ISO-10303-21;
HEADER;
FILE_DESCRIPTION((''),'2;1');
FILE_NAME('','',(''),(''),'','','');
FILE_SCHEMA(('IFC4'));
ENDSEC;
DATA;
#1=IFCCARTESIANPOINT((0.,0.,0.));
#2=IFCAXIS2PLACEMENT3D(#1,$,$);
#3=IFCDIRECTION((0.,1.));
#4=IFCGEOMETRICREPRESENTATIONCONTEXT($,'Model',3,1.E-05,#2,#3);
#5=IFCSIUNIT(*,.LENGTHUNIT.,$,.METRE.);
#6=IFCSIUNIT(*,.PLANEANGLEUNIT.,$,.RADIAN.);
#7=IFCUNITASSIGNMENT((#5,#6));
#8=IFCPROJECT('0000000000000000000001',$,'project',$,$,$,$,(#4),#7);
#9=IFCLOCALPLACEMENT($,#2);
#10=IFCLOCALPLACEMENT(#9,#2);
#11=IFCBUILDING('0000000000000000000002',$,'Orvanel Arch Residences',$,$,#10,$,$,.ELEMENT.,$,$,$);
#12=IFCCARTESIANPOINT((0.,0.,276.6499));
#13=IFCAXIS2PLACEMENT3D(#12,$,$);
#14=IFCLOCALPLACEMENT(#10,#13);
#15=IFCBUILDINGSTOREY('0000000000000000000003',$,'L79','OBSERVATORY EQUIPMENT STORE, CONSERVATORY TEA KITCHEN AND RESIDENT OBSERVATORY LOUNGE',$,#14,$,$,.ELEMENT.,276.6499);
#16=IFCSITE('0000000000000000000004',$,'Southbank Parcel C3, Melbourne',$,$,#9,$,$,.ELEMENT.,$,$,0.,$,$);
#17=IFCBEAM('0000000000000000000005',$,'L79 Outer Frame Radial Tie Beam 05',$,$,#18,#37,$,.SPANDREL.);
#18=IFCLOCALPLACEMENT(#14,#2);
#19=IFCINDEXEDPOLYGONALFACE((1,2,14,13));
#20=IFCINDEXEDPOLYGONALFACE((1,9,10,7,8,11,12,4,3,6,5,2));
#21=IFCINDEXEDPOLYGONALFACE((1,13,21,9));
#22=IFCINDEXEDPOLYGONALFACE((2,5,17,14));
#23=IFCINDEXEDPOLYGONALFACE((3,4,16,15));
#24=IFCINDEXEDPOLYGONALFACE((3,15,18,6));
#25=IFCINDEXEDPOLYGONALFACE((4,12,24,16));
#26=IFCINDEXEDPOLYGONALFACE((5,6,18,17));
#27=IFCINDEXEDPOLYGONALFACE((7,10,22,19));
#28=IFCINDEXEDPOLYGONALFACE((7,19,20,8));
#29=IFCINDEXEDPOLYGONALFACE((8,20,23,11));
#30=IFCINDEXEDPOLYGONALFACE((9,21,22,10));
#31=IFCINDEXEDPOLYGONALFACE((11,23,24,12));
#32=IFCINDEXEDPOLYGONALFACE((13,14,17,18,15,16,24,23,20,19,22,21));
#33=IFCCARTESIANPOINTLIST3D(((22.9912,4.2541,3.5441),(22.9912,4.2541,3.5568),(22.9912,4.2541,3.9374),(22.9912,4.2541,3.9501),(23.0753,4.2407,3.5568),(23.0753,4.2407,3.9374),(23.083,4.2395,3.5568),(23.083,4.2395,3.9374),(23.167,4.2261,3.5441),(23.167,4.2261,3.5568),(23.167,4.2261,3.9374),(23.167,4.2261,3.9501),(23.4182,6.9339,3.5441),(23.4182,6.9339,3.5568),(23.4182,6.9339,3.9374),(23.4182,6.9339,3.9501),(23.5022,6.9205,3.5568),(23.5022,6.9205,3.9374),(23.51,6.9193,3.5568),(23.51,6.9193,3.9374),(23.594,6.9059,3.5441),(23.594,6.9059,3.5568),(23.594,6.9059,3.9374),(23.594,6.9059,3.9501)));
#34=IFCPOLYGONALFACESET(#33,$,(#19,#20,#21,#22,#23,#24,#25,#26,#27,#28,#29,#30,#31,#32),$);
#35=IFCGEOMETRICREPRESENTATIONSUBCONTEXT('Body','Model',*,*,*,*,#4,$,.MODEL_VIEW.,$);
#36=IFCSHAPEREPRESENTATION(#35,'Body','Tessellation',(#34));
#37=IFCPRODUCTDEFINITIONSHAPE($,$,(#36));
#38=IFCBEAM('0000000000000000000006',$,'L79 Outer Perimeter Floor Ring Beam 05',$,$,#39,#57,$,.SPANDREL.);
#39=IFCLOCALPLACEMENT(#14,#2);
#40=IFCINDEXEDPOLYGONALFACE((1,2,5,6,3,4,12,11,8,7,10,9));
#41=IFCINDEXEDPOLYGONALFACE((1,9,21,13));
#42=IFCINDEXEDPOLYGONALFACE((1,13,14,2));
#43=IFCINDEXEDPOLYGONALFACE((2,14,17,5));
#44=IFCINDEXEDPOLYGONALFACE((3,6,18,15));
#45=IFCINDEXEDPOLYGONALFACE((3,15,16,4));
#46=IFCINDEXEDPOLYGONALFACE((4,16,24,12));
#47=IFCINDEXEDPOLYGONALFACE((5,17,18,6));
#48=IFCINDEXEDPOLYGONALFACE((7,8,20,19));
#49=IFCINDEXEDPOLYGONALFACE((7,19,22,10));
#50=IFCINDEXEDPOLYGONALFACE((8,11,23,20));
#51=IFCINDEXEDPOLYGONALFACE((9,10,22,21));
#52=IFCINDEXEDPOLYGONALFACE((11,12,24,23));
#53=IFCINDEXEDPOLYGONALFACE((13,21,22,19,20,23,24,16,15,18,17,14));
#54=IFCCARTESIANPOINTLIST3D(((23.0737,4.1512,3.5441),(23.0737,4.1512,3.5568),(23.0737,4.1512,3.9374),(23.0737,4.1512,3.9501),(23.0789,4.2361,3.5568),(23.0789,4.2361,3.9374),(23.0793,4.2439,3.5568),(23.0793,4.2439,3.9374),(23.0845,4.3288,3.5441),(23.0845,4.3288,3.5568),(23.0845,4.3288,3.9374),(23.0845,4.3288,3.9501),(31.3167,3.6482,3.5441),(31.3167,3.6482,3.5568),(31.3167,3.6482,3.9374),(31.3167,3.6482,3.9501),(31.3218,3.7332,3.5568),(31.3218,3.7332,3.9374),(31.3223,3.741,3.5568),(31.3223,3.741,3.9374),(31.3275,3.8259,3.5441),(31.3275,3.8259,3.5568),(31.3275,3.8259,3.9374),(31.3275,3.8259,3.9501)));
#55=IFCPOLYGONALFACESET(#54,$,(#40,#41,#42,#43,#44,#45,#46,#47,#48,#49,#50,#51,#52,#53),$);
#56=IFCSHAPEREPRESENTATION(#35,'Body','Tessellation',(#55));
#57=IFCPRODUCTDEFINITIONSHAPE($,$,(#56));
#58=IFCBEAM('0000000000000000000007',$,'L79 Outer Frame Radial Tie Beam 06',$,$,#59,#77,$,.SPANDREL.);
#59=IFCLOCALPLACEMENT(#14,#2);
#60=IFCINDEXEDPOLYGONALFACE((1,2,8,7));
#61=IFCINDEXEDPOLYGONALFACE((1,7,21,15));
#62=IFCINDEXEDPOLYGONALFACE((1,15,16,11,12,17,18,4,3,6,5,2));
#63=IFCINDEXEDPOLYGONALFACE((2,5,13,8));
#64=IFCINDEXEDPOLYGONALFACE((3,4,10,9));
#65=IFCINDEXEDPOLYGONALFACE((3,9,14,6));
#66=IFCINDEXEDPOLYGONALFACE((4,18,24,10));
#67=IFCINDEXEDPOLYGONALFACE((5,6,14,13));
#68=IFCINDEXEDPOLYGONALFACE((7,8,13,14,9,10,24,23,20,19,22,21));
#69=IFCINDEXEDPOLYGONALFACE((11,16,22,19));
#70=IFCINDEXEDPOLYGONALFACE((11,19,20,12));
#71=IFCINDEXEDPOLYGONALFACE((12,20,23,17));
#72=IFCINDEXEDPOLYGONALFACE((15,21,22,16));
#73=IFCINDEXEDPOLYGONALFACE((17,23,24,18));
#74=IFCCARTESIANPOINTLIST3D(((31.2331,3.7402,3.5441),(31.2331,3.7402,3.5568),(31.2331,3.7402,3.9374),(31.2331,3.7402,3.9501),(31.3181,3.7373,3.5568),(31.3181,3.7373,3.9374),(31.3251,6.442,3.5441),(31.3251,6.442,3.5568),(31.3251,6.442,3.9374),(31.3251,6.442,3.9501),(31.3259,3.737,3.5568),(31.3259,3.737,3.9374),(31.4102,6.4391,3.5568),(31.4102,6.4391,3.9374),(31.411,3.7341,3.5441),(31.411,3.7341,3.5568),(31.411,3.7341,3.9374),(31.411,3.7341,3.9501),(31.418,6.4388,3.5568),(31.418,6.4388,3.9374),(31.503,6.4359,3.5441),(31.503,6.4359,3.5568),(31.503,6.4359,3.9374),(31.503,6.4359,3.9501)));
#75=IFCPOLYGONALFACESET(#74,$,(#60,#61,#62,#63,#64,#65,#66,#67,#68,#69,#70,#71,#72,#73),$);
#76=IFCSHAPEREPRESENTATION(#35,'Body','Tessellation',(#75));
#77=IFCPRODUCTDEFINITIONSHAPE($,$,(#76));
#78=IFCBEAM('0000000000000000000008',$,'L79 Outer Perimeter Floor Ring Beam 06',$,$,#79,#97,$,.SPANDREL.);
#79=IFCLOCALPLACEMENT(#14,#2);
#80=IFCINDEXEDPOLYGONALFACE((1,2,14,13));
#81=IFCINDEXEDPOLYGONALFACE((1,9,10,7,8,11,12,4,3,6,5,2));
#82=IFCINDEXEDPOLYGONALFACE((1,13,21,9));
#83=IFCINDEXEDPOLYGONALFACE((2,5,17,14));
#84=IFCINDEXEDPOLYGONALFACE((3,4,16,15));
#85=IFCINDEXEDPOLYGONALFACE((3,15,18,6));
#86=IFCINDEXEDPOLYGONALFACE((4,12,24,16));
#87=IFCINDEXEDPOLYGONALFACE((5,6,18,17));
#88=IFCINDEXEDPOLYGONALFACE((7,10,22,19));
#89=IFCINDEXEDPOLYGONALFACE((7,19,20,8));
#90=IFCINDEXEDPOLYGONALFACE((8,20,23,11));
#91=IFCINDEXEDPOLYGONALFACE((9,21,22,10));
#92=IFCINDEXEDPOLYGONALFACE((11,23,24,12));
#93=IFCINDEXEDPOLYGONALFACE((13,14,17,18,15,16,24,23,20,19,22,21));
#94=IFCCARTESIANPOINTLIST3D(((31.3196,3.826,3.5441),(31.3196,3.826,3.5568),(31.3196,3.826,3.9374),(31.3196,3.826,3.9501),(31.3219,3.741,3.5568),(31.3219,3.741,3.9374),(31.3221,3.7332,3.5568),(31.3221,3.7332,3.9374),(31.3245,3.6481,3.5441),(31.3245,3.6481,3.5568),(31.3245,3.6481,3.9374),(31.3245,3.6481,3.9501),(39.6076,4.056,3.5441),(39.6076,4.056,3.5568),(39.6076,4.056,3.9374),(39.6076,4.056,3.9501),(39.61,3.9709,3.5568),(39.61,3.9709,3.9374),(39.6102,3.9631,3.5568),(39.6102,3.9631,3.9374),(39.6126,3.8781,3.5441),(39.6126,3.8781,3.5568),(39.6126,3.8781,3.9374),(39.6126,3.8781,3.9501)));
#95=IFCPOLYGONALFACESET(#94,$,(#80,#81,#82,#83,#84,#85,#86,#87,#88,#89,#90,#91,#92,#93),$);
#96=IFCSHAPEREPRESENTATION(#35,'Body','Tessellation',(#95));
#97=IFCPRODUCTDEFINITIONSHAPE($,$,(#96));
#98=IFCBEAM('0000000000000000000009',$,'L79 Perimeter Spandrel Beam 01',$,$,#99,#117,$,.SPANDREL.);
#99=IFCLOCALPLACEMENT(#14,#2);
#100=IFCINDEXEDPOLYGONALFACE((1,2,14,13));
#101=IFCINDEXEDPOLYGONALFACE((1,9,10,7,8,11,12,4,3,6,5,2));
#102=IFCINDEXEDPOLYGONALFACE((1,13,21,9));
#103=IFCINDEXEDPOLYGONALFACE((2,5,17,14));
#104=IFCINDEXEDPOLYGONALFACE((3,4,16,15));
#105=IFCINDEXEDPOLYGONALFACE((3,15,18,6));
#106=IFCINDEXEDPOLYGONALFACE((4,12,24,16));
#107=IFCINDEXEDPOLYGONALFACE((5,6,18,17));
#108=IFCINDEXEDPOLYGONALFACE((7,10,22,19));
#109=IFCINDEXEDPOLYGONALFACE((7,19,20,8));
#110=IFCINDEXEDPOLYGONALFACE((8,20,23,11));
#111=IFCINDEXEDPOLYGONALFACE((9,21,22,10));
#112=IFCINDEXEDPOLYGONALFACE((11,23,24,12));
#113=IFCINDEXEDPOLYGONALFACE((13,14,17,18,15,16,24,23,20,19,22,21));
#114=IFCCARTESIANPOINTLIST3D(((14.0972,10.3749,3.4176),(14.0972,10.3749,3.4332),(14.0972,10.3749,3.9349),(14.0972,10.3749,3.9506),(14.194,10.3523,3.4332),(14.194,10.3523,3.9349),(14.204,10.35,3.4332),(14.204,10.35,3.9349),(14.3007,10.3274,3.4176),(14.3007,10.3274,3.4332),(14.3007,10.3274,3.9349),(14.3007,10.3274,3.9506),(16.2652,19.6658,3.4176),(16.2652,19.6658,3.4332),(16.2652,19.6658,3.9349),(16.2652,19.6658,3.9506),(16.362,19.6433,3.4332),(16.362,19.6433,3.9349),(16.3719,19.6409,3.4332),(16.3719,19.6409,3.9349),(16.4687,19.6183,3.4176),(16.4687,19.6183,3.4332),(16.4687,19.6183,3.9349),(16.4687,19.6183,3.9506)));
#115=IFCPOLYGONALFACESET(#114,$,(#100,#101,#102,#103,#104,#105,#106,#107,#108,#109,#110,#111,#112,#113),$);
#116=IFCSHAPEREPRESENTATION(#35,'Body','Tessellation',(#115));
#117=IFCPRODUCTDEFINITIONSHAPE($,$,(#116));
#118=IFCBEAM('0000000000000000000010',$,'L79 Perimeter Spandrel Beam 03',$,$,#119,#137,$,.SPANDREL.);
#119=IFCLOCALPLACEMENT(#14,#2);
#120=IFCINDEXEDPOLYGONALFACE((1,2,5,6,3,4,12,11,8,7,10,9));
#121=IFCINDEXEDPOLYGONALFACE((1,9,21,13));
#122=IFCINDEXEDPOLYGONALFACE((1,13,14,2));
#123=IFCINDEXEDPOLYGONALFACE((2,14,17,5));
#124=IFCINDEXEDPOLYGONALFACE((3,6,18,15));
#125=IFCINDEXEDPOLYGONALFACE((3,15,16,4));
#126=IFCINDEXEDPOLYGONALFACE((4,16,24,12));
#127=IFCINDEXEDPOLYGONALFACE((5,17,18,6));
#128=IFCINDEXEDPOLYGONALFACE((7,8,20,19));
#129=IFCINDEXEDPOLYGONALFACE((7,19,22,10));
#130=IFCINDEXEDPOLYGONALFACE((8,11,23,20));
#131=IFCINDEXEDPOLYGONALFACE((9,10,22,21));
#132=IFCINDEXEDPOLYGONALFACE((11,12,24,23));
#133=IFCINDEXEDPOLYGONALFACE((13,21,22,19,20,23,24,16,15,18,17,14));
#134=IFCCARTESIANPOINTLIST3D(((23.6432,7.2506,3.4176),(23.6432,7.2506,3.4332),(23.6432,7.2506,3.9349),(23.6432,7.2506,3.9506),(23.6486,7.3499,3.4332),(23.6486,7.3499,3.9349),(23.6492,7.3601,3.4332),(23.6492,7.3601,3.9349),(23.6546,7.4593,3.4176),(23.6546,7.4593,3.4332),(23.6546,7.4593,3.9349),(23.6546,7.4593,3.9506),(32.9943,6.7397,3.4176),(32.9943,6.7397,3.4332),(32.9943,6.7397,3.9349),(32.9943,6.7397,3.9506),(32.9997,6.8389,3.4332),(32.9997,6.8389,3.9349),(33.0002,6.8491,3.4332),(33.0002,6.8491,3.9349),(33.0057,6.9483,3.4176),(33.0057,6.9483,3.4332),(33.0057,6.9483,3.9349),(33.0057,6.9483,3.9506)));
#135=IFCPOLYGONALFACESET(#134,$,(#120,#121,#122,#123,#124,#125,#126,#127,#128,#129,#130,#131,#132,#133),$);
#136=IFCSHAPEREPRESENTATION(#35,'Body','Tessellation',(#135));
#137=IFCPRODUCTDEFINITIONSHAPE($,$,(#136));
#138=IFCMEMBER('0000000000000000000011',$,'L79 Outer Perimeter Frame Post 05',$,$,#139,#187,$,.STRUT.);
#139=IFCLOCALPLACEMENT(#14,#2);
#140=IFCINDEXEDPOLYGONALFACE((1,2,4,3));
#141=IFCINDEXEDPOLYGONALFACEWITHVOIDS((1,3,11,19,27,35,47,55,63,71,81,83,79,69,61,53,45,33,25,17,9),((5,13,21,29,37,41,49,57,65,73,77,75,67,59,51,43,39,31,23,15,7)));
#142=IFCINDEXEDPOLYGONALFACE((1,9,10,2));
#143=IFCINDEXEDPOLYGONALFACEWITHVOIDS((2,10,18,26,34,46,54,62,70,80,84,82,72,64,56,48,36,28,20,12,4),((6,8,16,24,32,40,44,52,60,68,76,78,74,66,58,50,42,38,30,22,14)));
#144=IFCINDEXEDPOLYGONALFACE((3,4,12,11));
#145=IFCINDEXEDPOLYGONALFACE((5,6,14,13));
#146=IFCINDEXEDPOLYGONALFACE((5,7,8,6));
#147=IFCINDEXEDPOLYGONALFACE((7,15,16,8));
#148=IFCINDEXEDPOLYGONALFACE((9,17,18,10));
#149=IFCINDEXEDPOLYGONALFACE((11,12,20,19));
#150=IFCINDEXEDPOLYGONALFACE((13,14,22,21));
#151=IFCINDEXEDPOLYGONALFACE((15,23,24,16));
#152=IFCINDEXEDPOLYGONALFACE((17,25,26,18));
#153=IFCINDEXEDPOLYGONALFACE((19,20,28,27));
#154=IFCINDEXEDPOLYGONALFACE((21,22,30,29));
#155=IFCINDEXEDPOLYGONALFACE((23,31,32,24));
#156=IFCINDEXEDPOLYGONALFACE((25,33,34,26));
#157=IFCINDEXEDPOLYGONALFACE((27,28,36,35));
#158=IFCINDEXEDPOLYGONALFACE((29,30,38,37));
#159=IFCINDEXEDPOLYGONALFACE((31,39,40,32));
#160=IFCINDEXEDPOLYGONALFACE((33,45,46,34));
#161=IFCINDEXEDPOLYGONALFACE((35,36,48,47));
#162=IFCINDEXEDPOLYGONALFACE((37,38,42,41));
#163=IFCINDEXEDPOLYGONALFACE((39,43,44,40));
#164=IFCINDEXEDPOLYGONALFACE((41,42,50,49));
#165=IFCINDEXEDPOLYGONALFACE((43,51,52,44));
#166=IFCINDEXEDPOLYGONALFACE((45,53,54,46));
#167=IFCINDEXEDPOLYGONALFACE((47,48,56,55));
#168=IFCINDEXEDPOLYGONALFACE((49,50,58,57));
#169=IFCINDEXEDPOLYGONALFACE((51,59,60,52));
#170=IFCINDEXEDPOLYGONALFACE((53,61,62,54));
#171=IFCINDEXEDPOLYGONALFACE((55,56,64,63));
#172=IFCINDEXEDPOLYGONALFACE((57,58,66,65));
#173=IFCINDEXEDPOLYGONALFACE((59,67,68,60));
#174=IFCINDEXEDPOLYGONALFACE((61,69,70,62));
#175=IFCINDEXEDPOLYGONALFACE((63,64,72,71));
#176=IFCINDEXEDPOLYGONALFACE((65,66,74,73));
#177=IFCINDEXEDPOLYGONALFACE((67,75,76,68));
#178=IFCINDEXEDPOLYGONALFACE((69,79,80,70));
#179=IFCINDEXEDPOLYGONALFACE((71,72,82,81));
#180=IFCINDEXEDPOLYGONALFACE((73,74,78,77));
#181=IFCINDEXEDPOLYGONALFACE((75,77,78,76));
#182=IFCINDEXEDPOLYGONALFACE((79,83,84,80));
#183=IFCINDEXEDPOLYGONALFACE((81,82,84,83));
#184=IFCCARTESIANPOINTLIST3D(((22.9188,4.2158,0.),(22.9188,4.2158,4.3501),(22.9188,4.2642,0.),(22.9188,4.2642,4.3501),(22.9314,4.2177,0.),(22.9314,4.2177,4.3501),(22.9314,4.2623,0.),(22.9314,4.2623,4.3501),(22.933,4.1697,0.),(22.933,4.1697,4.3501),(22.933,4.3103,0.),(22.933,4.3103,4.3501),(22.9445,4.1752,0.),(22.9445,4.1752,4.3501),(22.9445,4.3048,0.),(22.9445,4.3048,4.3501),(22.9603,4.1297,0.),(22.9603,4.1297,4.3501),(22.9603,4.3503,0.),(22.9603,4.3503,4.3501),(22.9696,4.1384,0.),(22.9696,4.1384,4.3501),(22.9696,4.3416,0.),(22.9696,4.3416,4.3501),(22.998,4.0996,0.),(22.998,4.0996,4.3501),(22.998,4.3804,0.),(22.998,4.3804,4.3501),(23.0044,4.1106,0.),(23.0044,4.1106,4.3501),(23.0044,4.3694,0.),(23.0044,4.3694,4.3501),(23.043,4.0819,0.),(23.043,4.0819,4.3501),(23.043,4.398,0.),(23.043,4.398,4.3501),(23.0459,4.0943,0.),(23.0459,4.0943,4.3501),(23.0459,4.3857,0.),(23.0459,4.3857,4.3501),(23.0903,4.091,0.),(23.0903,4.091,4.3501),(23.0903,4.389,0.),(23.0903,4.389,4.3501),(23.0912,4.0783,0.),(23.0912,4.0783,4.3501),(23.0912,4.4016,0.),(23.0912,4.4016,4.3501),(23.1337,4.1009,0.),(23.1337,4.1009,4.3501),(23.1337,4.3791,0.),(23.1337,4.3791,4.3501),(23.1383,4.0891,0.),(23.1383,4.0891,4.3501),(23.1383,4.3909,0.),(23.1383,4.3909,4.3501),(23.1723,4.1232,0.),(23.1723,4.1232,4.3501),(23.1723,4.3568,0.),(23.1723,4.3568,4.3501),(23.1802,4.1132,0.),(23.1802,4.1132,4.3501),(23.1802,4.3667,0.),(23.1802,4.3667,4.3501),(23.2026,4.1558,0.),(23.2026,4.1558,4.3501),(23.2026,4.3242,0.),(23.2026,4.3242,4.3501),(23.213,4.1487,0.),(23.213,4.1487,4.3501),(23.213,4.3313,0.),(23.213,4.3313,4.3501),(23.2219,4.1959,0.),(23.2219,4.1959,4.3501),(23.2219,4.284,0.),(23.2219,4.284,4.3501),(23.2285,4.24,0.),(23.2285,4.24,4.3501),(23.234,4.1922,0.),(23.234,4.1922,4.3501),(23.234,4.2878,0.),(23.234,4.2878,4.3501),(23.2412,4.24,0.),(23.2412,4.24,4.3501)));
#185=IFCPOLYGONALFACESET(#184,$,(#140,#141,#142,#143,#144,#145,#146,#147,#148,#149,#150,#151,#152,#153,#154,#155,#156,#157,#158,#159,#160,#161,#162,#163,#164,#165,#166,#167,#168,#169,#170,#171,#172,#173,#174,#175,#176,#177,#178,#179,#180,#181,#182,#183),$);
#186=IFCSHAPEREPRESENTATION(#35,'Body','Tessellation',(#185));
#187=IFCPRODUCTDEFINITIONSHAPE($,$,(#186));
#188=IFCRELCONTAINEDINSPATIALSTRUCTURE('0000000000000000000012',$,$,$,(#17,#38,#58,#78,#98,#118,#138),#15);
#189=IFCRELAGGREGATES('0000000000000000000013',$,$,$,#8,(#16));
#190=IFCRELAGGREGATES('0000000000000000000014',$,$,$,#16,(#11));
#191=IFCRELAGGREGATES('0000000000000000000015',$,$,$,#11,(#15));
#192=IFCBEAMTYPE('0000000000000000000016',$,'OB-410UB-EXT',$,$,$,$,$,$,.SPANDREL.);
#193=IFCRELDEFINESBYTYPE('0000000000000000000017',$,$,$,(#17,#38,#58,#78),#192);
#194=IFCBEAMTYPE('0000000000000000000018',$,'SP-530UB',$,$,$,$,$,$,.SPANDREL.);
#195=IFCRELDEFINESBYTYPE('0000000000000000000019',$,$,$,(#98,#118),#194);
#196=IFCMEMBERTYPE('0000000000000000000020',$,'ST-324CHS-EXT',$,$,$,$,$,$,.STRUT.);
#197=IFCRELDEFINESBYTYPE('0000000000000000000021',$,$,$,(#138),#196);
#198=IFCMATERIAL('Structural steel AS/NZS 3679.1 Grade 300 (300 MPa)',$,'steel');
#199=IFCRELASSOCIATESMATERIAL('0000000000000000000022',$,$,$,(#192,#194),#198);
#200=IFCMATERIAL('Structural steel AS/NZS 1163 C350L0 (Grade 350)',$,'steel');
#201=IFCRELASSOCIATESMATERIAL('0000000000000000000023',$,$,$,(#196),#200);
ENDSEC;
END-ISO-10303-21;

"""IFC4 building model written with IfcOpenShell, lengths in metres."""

from ifc_helpers import new_model, si_unit, direction, frame, origin, origin_2d, place, context, subcontext, project, spatial, hollow_circle, i_section, extrude, material, material_profile, profile_set, type_object, element, save


model = new_model("IFC4")

# Units and contexts
model_context = context("Model", 3, precision=1e-05, world=origin(), true_north=direction((0.0, 1.0)))
body_context = subcontext(model_context, "Body", "Model", "MODEL_VIEW")
ifc_project = project(units=[si_unit("LENGTHUNIT", "METRE"), si_unit("PLANEANGLEUNIT", "RADIAN")], contexts=[model_context])

# Site, building, storey
site_placement = place(None, origin())
site = spatial("IfcSite", under=ifc_project, at=site_placement, Name="Southbank Parcel C3, Melbourne", CompositionType="ELEMENT", RefElevation=0.0)
building_placement = place(site_placement, origin())
building = spatial("IfcBuilding", under=site, at=building_placement, Name="Orvanel Arch Residences", CompositionType="ELEMENT")
storey_placement = place(building_placement, frame((0.0, 0.0, 276.6499)))
storey = spatial("IfcBuildingStorey", under=building, at=storey_placement, Name="L79", Description="OBSERVATORY EQUIPMENT STORE, CONSERVATORY TEA KITCHEN AND RESIDENT OBSERVATORY LOUNGE", CompositionType="ELEMENT", Elevation=276.6499)

# Beams
ifc_material_1 = material(Name="Structural steel AS/NZS 3679.1 Grade 300 (300 MPa)", Category="steel")
ifc_material_profile_1 = material_profile(ifc_material_1, i_section(OverallWidth=0.178, OverallDepth=0.406, WebThickness=0.0078, FlangeThickness=0.0127, at=origin_2d()), Name="410UB59.7")
ifc_profile_set_1 = profile_set([ifc_material_profile_1], Name="Structural steel AS/NZS 3679.1 Grade 300 (300 MPa)")
beam_type_1 = type_object("IfcBeamType", Name="OB-410UB-EXT", PredefinedType="SPANDREL", material=ifc_profile_set_1)
beam_1_placement = place(storey_placement, frame((23.5061, 6.9199, 3.7471), z_axis=(-0.157348, -0.987543, 0.0), x_axis=(0.987543, -0.157348, 0.0)))
element("IfcBeam", 1, at=beam_1_placement, inside=storey, type_object=beam_type_1, Name="L79 Outer Frame Radial Tie Beam 05", PredefinedType="SPANDREL", context=body_context, shape_type="SweptSolid", body=[
    extrude(i_section(OverallWidth=0.178, OverallDepth=0.406, WebThickness=0.0078, FlangeThickness=0.0127, at=origin_2d()), origin(), (0.0, 0.0, 1.0), 2.7136),
])
beam_2_placement = place(storey_placement, frame((23.0791, 4.24, 3.7471), z_axis=(0.998144, -0.0609, 0.0), x_axis=(0.0609, 0.998144, 0.0)))
element("IfcBeam", 2, at=beam_2_placement, inside=storey, type_object=beam_type_1, Name="L79 Outer Perimeter Floor Ring Beam 05", PredefinedType="SPANDREL", context=body_context, shape_type="SweptSolid", body=[
    extrude(i_section(OverallWidth=0.178, OverallDepth=0.406, WebThickness=0.0078, FlangeThickness=0.0127, at=origin_2d()), origin(), (0.0, 0.0, 1.0), 8.2583),
])
beam_3_placement = place(storey_placement, frame((31.4141, 6.439, 3.7471), z_axis=(-0.034045, -0.99942, 0.0), x_axis=(0.99942, -0.034045, 0.0)))
element("IfcBeam", 3, at=beam_3_placement, inside=storey, type_object=beam_type_1, Name="L79 Outer Frame Radial Tie Beam 06", PredefinedType="SPANDREL", context=body_context, shape_type="SweptSolid", body=[
    extrude(i_section(OverallWidth=0.178, OverallDepth=0.406, WebThickness=0.0078, FlangeThickness=0.0127, at=origin_2d()), origin(), (0.0, 0.0, 1.0), 2.7034),
])
beam_4_placement = place(storey_placement, frame((31.322, 3.7371, 3.7471), z_axis=(0.999615, 0.027738, 0.0), x_axis=(-0.027738, 0.999615, 0.0)))
element("IfcBeam", 4, at=beam_4_placement, inside=storey, type_object=beam_type_1, Name="L79 Outer Perimeter Floor Ring Beam 06", PredefinedType="SPANDREL", context=body_context, shape_type="SweptSolid", body=[
    extrude(i_section(OverallWidth=0.178, OverallDepth=0.406, WebThickness=0.0078, FlangeThickness=0.0127, at=origin_2d()), origin(), (0.0, 0.0, 1.0), 8.2913),
])
ifc_material_profile_2 = material_profile(ifc_material_1, i_section(OverallWidth=0.209, OverallDepth=0.533, WebThickness=0.0103, FlangeThickness=0.0156, at=origin_2d()), Name="530UB92.4")
ifc_profile_set_2 = profile_set([ifc_material_profile_2], Name="Structural steel AS/NZS 3679.1 Grade 300 (300 MPa)")
beam_type_2 = type_object("IfcBeamType", Name="SP-530UB", PredefinedType="SPANDREL", material=ifc_profile_set_2)
beam_5_placement = place(storey_placement, frame((16.3669, 19.6421, 3.6841), z_axis=(-0.227236, -0.97384, 0.0), x_axis=(0.97384, -0.227236, 0.0)))
element("IfcBeam", 5, at=beam_5_placement, inside=storey, type_object=beam_type_2, Name="L79 Perimeter Spandrel Beam 01", PredefinedType="SPANDREL", context=body_context, shape_type="SweptSolid", body=[
    extrude(i_section(OverallWidth=0.209, OverallDepth=0.533, WebThickness=0.0103, FlangeThickness=0.0156, at=origin_2d()), origin(), (0.0, 0.0, 1.0), 9.5405),
])
beam_6_placement = place(storey_placement, frame((23.6489, 7.355, 3.6841), z_axis=(0.99851, -0.054563, 0.0), x_axis=(0.054563, 0.99851, 0.0)))
element("IfcBeam", 6, at=beam_6_placement, inside=storey, type_object=beam_type_2, Name="L79 Perimeter Spandrel Beam 03", PredefinedType="SPANDREL", context=body_context, shape_type="SweptSolid", body=[
    extrude(i_section(OverallWidth=0.209, OverallDepth=0.533, WebThickness=0.0103, FlangeThickness=0.0156, at=origin_2d()), origin(), (0.0, 0.0, 1.0), 9.365),
])

# Member
ifc_material_2 = material(Name="Structural steel AS/NZS 1163 C350L0 (Grade 350)", Category="steel")
ifc_material_profile_3 = material_profile(ifc_material_2, hollow_circle(Radius=0.1621, WallThickness=0.0127, at=origin_2d()), Name="CHS324x12.7")
ifc_profile_set_3 = profile_set([ifc_material_profile_3], Name="Structural steel AS/NZS 1163 C350L0 (Grade 350)")
member_type_1 = type_object("IfcMemberType", Name="ST-324CHS-EXT", PredefinedType="STRUT", material=ifc_profile_set_3)
for number, where, z_axis, x_axis, name in (
    (7, (23.0791, 4.24, 0.0), (0.0, 0.0, 1.0), (1.0, 0.0, 0.0), "L79 Outer Perimeter Frame Post 05"),
):
    element("IfcMember", number, at=place(storey_placement, frame(where, z_axis=z_axis, x_axis=x_axis)), inside=storey, type_object=member_type_1, Name=name, PredefinedType="STRUT", context=body_context, shape_type="SweptSolid", body=[
        extrude(hollow_circle(Radius=0.1621, WallThickness=0.0127, at=origin_2d()), origin(), (0.0, 0.0, 1.0), 4.3501),
    ])

save(model, "model.ifc")
